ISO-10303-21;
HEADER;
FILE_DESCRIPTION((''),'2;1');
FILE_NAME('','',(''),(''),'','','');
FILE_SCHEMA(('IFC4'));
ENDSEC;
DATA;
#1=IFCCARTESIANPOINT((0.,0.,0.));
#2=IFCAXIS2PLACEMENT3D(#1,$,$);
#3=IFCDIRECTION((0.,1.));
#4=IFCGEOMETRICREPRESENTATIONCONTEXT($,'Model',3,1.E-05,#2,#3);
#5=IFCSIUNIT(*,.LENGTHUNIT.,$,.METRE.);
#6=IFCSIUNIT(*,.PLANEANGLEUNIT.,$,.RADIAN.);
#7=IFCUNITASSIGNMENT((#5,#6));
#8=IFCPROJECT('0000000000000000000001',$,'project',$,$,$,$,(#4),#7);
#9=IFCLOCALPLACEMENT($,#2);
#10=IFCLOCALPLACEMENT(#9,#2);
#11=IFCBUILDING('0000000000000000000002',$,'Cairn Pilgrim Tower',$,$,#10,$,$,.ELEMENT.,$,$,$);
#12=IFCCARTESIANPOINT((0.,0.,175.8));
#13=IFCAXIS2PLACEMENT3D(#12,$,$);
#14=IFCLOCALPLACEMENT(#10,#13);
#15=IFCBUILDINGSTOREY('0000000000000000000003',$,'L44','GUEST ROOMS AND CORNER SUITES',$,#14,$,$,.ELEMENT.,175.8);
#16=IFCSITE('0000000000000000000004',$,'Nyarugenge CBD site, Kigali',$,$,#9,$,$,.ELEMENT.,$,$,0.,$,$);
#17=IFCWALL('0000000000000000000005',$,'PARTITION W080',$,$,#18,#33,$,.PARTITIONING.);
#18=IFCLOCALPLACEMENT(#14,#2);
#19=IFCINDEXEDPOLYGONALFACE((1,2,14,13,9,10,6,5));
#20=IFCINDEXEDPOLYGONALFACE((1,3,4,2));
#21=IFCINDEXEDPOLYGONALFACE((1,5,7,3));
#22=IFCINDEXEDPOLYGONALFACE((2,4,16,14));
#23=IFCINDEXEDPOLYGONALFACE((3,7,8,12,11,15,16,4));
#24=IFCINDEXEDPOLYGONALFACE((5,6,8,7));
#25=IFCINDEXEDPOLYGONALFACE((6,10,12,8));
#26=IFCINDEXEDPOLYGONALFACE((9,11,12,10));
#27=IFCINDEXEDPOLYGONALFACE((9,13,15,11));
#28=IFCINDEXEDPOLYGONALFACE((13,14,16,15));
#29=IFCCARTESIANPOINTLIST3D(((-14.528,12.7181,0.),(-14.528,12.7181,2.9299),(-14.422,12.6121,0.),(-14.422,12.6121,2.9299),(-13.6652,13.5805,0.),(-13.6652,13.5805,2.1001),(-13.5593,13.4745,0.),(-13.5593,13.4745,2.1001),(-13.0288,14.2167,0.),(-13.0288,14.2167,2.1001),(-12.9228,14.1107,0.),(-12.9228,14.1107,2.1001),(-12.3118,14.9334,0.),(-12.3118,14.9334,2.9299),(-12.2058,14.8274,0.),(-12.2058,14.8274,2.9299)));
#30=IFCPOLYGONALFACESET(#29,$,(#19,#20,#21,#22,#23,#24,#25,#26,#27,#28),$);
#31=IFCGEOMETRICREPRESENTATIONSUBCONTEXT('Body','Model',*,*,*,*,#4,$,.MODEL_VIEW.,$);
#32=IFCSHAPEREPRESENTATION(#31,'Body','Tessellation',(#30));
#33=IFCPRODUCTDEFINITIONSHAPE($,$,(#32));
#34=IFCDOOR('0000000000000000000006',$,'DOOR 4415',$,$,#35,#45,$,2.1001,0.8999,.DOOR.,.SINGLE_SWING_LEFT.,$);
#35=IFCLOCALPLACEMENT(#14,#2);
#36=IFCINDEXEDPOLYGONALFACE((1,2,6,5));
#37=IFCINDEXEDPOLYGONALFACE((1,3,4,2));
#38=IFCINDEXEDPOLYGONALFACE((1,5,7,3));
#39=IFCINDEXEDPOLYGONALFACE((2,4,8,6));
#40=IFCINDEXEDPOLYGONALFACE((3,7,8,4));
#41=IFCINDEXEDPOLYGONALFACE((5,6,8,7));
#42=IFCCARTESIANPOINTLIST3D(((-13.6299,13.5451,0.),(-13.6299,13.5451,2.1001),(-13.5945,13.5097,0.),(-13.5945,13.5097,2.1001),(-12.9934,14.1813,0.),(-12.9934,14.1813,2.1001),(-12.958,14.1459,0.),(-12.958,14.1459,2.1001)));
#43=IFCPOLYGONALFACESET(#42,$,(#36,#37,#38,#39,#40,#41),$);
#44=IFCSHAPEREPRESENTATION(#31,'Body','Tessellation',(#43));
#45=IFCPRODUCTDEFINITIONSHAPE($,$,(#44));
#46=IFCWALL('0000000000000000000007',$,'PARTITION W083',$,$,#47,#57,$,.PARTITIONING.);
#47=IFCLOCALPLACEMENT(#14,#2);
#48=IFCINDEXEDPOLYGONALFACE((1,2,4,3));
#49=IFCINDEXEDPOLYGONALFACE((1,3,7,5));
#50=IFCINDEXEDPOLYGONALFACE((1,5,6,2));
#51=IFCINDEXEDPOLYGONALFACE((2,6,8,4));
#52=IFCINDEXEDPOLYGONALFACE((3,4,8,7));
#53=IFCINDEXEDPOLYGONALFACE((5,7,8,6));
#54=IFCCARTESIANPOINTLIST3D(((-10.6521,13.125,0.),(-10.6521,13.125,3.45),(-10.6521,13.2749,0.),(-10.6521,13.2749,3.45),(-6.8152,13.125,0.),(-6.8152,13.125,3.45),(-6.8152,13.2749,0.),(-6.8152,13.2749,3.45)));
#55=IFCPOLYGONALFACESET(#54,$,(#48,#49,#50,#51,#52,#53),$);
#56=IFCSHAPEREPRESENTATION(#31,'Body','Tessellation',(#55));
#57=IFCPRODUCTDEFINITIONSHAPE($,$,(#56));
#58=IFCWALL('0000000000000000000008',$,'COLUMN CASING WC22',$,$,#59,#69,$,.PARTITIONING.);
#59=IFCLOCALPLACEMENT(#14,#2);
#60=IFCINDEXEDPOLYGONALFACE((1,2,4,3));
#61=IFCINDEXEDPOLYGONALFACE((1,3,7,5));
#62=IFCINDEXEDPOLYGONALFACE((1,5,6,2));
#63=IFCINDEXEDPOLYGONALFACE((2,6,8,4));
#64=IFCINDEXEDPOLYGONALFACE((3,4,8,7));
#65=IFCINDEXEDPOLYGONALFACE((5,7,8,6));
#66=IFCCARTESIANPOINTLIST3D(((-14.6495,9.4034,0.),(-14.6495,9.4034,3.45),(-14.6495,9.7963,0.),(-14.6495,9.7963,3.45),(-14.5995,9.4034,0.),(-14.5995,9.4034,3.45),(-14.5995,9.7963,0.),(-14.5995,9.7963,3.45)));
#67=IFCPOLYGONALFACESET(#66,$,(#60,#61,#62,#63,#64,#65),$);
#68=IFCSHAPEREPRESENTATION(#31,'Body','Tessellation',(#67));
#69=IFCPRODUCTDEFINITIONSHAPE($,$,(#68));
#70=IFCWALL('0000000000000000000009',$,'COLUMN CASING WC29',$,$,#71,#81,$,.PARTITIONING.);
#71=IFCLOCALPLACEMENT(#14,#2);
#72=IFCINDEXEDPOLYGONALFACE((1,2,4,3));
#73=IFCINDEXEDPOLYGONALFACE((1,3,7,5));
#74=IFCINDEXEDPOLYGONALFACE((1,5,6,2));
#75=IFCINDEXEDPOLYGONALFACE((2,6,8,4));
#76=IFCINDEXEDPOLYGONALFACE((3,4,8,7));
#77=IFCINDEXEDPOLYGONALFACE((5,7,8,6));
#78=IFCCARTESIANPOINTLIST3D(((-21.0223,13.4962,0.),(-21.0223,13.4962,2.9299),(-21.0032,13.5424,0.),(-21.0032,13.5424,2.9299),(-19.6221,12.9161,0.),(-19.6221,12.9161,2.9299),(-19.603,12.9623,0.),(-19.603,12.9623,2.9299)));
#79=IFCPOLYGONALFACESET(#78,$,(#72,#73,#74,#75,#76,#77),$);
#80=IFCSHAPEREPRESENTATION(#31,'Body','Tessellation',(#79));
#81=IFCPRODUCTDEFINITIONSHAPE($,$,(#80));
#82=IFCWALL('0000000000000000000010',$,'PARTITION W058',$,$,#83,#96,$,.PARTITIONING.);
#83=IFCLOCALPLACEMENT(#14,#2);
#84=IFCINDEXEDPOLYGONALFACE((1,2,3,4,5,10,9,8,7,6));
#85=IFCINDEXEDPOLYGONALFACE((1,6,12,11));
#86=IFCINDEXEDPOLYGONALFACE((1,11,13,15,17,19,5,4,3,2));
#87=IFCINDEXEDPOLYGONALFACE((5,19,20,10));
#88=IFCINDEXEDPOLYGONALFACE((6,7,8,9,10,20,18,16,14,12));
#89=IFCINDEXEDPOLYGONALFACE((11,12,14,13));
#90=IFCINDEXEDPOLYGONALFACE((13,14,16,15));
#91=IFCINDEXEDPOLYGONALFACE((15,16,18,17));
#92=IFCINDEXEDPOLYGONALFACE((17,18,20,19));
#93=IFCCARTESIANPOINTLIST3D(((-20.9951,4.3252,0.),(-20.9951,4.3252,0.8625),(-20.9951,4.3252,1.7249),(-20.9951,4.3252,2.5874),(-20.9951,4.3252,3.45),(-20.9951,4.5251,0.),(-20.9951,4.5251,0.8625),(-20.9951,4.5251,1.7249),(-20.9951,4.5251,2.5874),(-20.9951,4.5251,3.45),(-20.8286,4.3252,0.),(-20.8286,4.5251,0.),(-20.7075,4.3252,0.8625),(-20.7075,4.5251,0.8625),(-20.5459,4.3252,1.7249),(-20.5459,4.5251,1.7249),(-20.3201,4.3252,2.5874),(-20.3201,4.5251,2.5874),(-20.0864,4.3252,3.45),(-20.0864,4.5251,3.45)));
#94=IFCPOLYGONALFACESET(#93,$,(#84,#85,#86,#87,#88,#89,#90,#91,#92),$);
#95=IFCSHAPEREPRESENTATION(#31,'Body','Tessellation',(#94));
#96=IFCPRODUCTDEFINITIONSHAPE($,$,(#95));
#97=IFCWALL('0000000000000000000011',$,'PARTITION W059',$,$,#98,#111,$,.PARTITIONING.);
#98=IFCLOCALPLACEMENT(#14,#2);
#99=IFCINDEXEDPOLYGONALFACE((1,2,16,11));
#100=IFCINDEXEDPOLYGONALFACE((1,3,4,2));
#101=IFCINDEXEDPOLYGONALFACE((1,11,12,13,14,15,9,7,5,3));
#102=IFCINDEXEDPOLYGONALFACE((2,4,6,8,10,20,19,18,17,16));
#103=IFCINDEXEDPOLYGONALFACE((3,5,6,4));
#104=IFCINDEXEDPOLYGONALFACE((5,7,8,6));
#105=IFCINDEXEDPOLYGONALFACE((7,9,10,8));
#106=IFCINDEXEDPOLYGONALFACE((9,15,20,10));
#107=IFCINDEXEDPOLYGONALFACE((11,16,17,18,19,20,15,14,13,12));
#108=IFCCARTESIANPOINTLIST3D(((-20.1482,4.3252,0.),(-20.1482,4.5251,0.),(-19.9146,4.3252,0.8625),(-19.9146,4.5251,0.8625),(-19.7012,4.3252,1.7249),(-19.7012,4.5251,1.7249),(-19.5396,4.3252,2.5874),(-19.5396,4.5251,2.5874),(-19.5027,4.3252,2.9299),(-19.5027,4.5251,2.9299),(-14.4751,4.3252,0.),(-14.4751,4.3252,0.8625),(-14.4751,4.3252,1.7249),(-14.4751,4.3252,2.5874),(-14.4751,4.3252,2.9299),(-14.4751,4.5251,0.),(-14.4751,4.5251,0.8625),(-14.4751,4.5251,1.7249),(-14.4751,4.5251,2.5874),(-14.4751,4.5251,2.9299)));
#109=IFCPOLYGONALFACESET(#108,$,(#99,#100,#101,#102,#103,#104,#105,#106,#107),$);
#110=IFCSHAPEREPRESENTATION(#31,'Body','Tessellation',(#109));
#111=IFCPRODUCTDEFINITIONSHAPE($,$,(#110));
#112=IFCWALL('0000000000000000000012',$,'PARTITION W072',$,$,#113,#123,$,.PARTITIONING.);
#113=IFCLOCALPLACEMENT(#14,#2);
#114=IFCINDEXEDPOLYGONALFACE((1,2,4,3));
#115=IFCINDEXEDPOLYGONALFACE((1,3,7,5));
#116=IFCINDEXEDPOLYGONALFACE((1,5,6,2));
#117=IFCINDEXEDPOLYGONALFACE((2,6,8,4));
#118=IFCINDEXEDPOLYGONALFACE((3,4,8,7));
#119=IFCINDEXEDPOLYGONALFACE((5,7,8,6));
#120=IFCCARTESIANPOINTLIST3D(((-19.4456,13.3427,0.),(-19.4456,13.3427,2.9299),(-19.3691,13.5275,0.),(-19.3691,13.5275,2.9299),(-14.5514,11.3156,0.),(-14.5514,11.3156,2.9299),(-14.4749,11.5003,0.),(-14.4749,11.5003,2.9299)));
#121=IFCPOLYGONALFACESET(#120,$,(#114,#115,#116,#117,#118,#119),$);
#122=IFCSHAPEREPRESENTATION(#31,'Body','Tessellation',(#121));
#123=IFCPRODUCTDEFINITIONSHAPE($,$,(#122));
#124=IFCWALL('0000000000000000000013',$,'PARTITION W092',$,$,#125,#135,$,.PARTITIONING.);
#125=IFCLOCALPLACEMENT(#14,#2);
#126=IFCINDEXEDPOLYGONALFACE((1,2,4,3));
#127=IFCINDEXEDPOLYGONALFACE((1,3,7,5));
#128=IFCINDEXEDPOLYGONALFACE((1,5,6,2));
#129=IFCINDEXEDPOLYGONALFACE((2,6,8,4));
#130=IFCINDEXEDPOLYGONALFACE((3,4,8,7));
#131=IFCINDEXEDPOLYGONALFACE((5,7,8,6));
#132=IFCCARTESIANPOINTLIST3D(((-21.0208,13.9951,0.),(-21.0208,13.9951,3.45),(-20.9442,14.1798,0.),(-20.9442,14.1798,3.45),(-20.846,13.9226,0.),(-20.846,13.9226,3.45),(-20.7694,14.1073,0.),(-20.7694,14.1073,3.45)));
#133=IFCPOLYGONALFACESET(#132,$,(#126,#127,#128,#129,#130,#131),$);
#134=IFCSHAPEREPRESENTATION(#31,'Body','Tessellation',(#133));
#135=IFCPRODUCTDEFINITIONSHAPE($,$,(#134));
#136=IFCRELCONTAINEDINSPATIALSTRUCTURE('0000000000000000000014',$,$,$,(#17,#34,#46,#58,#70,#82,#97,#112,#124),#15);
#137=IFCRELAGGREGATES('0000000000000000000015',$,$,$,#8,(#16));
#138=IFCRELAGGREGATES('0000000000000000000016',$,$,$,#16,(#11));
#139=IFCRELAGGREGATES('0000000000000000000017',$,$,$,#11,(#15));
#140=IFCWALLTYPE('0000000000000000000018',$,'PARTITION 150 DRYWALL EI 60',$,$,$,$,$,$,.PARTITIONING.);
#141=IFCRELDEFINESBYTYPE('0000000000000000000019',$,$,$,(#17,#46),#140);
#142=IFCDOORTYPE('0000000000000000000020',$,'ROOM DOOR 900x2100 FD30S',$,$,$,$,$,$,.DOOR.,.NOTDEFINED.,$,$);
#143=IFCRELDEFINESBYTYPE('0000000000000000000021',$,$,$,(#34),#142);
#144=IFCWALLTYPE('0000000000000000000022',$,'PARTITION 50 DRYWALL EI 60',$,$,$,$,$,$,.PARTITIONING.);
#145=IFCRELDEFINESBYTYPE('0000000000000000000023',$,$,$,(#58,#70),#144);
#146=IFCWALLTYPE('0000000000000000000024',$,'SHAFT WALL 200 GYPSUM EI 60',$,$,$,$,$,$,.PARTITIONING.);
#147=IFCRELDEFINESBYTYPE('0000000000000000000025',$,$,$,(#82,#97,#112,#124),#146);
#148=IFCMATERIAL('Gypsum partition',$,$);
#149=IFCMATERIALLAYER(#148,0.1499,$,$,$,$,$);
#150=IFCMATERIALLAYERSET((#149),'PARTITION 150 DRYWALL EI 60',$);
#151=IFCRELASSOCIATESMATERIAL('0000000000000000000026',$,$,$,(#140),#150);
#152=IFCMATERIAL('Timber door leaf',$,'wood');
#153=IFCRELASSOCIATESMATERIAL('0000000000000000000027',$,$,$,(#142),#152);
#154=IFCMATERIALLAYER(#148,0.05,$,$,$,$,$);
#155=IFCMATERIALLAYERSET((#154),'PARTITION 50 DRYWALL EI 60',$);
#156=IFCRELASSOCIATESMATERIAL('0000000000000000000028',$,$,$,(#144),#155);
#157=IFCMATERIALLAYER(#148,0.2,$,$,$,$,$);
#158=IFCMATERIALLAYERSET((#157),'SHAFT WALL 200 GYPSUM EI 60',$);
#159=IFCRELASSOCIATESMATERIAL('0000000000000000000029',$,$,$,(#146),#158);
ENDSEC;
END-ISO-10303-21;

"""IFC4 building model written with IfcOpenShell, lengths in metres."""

from ifc_helpers import new_model, si_unit, direction, frame, frame_2d, origin, place, context, subcontext, project, spatial, polyline, rectangle, outline, extrude, material, layer, layer_set, type_object, element, fill, save


model = new_model("IFC4")

# Units and contexts
model_context = context("Model", 3, precision=1e-05, world=origin(), true_north=direction((0.0, 1.0)))
body_context = subcontext(model_context, "Body", "Model", "MODEL_VIEW")
ifc_project = project(units=[si_unit("LENGTHUNIT", "METRE"), si_unit("PLANEANGLEUNIT", "RADIAN")], contexts=[model_context])

# Site, building, storey
site_placement = place(None, origin())
site = spatial("IfcSite", under=ifc_project, at=site_placement, Name="Nyarugenge CBD site, Kigali", CompositionType="ELEMENT", RefElevation=0.0)
building_placement = place(site_placement, origin())
building = spatial("IfcBuilding", under=site, at=building_placement, Name="Cairn Pilgrim Tower", CompositionType="ELEMENT")
storey_placement = place(building_placement, frame((0.0, 0.0, 175.8)))
storey = spatial("IfcBuildingStorey", under=building, at=storey_placement, Name="L44", Description="GUEST ROOMS AND CORNER SUITES", CompositionType="ELEMENT", Elevation=175.8)

# Shared definitions
ifc_material_1 = material(Name="Gypsum partition")

# Shared definitions
ifc_material_2 = material(Name="Timber door leaf", Category="wood")

# Shared definitions
ifc_layer_1 = layer(ifc_material_1, 0.1499)
ifc_layer_set_1 = layer_set([ifc_layer_1], Name="PARTITION 150 DRYWALL EI 60")
wall_type_1 = type_object("IfcWallType", Name="PARTITION 150 DRYWALL EI 60", PredefinedType="PARTITIONING", material=ifc_layer_set_1)

# Wall, opening, door
wall_1_placement = place(storey_placement, frame((-14.4751, 12.665, 0.0), z_axis=(0.0, 0.0, 1.0), x_axis=(0.707263, 0.706951, 0.0)))
wall_1 = element("IfcWall", 1, at=wall_1_placement, inside=storey, type_object=wall_type_1, Name="PARTITION W080", PredefinedType="PARTITIONING", context=body_context, shape_type="SweptSolid", body=[
    extrude(rectangle(XDim=3.1335, YDim=0.1499, at=frame_2d((1.5669, 0.0))), origin(), (0.0, 0.0, 1.0), 2.9299),
])
opening_1_placement = place(wall_1_placement, frame((1.22, 0.0, 0.0)))
opening_1 = element("IfcOpeningElement", 2, at=opening_1_placement, cuts=wall_1, PredefinedType="OPENING", context=body_context, shape_type="SweptSolid", body=[
    extrude(rectangle(XDim=0.8999, YDim=2.1001, at=frame_2d((0.45, 1.05))), frame((0.0, 0.085, 0.0), z_axis=(0.0, -1.0, 0.0), x_axis=(1.0, 0.0, 0.0)), (0.0, 0.0, 1.0), 0.1699),
])
door_type_1 = type_object("IfcDoorType", Name="ROOM DOOR 900x2100 FD30S", OperationType="NOTDEFINED", PredefinedType="DOOR", material=ifc_material_2)
door_1_placement = place(opening_1_placement, origin())
door_1 = element("IfcDoor", 3, at=door_1_placement, inside=storey, type_object=door_type_1, Name="DOOR 4415", OperationType="SINGLE_SWING_LEFT", OverallHeight=2.1001, OverallWidth=0.8999, PredefinedType="DOOR", context=body_context, shape_type="SweptSolid", body=[
    extrude(rectangle(XDim=0.8999, YDim=2.1001, at=frame_2d((0.45, 1.05))), frame((0.0, 0.0249, 0.0), z_axis=(0.0, -1.0, 0.0), x_axis=(1.0, 0.0, 0.0)), (0.0, 0.0, 1.0), 0.05),
])
fill(opening_1, door_1)

# Walls
wall_2_placement = place(storey_placement, frame((-10.6521, 13.2, 0.0), z_axis=(0.0, 0.0, 1.0), x_axis=(1.0, 0.0, 0.0)))
element("IfcWall", 4, at=wall_2_placement, inside=storey, type_object=wall_type_1, Name="PARTITION W083", PredefinedType="PARTITIONING", context=body_context, shape_type="SweptSolid", body=[
    extrude(rectangle(XDim=3.8369, YDim=0.1499, at=frame_2d((1.9185, 0.0))), origin(), (0.0, 0.0, 1.0), 3.45),
])
ifc_layer_2 = layer(ifc_material_1, 0.05)
ifc_layer_set_2 = layer_set([ifc_layer_2], Name="PARTITION 50 DRYWALL EI 60")
wall_type_2 = type_object("IfcWallType", Name="PARTITION 50 DRYWALL EI 60", PredefinedType="PARTITIONING", material=ifc_layer_set_2)
wall_3_placement = place(storey_placement, frame((-14.6245, 9.4036, 0.0), z_axis=(0.0, 0.0, 1.0), x_axis=(0.0, 1.0, 0.0)))
element("IfcWall", 5, at=wall_3_placement, inside=storey, type_object=wall_type_2, Name="COLUMN CASING WC22", PredefinedType="PARTITIONING", context=body_context, shape_type="SweptSolid", body=[
    extrude(rectangle(XDim=0.3928, YDim=0.05, at=frame_2d((0.1963, 0.0))), origin(), (0.0, 0.0, 1.0), 3.45),
])
wall_4_placement = place(storey_placement, frame((-19.6125, 12.9392, 0.0), z_axis=(0.0, 0.0, 1.0), x_axis=(-0.923852, 0.38275, 0.0)))
element("IfcWall", 6, at=wall_4_placement, inside=storey, type_object=wall_type_2, Name="COLUMN CASING WC29", PredefinedType="PARTITIONING", context=body_context, shape_type="SweptSolid", body=[
    extrude(rectangle(XDim=1.5156, YDim=0.05, at=frame_2d((0.7578, 0.0))), origin(), (0.0, 0.0, 1.0), 2.9299),
])
ifc_layer_3 = layer(ifc_material_1, 0.2)
ifc_layer_set_3 = layer_set([ifc_layer_3], Name="SHAFT WALL 200 GYPSUM EI 60")
wall_type_3 = type_object("IfcWallType", Name="SHAFT WALL 200 GYPSUM EI 60", PredefinedType="PARTITIONING", material=ifc_layer_set_3)
wall_5_placement = place(storey_placement, frame((-20.9951, 4.425, 0.0), z_axis=(0.0, 0.0, 1.0), x_axis=(1.0, 0.0, 0.0)))
element("IfcWall", 7, at=wall_5_placement, inside=storey, type_object=wall_type_3, Name="PARTITION W058", PredefinedType="PARTITIONING", context=body_context, shape_type="SweptSolid", body=[
    extrude(outline(polyline([(0.0, 0.0), (0.1665, 0.0), (0.2876, 0.8625), (0.4492, 1.7249), (0.675, 2.5874), (0.9087, 3.45), (0.0, 3.45), (0.0, 2.5874), (0.0, 1.7249), (0.0, 0.8625), (0.0, 0.0)])), frame((0.0, 0.1001, 0.0), z_axis=(0.0, -1.0, 0.0), x_axis=(1.0, 0.0, 0.0)), (0.0, 0.0, 1.0), 0.2),
])
wall_6_placement = place(storey_placement, frame((-20.1482, 4.425, 0.0), z_axis=(0.0, 0.0, 1.0), x_axis=(1.0, 0.0, 0.0)))
element("IfcWall", 8, at=wall_6_placement, inside=storey, type_object=wall_type_3, Name="PARTITION W059", PredefinedType="PARTITIONING", context=body_context, shape_type="SweptSolid", body=[
    extrude(outline(polyline([(0.0, 0.0), (5.6731, 0.0), (5.6731, 0.8625), (5.6731, 1.7249), (5.6731, 2.5874), (5.6731, 2.9299), (0.6455, 2.9299), (0.6086, 2.5874), (0.447, 1.7249), (0.2336, 0.8625), (0.0, 0.0)])), frame((0.0, 0.1001, 0.0), z_axis=(0.0, -1.0, 0.0), x_axis=(1.0, 0.0, 0.0)), (0.0, 0.0, 1.0), 0.2),
])
wall_7_placement = place(storey_placement, frame((-14.5132, 11.408, 0.0), z_axis=(0.0, 0.0, 1.0), x_axis=(-0.923885, 0.382671, 0.0)))
element("IfcWall", 9, at=wall_7_placement, inside=storey, type_object=wall_type_3, Name="PARTITION W072", PredefinedType="PARTITIONING", context=body_context, shape_type="SweptSolid", body=[
    extrude(rectangle(XDim=5.2974, YDim=0.2, at=frame_2d((2.6487, 0.0))), origin(), (0.0, 0.0, 1.0), 2.9299),
])
wall_8_placement = place(storey_placement, frame((-20.8076, 14.0149, 0.0), z_axis=(0.0, 0.0, 1.0), x_axis=(-0.923686, 0.383149, 0.0)))
element("IfcWall", 10, at=wall_8_placement, inside=storey, type_object=wall_type_3, Name="PARTITION W092", PredefinedType="PARTITIONING", context=body_context, shape_type="SweptSolid", body=[
    extrude(rectangle(XDim=0.1892, YDim=0.2, at=frame_2d((0.0947, 0.0))), origin(), (0.0, 0.0, 1.0), 3.45),
])

save(model, "model.ifc")
